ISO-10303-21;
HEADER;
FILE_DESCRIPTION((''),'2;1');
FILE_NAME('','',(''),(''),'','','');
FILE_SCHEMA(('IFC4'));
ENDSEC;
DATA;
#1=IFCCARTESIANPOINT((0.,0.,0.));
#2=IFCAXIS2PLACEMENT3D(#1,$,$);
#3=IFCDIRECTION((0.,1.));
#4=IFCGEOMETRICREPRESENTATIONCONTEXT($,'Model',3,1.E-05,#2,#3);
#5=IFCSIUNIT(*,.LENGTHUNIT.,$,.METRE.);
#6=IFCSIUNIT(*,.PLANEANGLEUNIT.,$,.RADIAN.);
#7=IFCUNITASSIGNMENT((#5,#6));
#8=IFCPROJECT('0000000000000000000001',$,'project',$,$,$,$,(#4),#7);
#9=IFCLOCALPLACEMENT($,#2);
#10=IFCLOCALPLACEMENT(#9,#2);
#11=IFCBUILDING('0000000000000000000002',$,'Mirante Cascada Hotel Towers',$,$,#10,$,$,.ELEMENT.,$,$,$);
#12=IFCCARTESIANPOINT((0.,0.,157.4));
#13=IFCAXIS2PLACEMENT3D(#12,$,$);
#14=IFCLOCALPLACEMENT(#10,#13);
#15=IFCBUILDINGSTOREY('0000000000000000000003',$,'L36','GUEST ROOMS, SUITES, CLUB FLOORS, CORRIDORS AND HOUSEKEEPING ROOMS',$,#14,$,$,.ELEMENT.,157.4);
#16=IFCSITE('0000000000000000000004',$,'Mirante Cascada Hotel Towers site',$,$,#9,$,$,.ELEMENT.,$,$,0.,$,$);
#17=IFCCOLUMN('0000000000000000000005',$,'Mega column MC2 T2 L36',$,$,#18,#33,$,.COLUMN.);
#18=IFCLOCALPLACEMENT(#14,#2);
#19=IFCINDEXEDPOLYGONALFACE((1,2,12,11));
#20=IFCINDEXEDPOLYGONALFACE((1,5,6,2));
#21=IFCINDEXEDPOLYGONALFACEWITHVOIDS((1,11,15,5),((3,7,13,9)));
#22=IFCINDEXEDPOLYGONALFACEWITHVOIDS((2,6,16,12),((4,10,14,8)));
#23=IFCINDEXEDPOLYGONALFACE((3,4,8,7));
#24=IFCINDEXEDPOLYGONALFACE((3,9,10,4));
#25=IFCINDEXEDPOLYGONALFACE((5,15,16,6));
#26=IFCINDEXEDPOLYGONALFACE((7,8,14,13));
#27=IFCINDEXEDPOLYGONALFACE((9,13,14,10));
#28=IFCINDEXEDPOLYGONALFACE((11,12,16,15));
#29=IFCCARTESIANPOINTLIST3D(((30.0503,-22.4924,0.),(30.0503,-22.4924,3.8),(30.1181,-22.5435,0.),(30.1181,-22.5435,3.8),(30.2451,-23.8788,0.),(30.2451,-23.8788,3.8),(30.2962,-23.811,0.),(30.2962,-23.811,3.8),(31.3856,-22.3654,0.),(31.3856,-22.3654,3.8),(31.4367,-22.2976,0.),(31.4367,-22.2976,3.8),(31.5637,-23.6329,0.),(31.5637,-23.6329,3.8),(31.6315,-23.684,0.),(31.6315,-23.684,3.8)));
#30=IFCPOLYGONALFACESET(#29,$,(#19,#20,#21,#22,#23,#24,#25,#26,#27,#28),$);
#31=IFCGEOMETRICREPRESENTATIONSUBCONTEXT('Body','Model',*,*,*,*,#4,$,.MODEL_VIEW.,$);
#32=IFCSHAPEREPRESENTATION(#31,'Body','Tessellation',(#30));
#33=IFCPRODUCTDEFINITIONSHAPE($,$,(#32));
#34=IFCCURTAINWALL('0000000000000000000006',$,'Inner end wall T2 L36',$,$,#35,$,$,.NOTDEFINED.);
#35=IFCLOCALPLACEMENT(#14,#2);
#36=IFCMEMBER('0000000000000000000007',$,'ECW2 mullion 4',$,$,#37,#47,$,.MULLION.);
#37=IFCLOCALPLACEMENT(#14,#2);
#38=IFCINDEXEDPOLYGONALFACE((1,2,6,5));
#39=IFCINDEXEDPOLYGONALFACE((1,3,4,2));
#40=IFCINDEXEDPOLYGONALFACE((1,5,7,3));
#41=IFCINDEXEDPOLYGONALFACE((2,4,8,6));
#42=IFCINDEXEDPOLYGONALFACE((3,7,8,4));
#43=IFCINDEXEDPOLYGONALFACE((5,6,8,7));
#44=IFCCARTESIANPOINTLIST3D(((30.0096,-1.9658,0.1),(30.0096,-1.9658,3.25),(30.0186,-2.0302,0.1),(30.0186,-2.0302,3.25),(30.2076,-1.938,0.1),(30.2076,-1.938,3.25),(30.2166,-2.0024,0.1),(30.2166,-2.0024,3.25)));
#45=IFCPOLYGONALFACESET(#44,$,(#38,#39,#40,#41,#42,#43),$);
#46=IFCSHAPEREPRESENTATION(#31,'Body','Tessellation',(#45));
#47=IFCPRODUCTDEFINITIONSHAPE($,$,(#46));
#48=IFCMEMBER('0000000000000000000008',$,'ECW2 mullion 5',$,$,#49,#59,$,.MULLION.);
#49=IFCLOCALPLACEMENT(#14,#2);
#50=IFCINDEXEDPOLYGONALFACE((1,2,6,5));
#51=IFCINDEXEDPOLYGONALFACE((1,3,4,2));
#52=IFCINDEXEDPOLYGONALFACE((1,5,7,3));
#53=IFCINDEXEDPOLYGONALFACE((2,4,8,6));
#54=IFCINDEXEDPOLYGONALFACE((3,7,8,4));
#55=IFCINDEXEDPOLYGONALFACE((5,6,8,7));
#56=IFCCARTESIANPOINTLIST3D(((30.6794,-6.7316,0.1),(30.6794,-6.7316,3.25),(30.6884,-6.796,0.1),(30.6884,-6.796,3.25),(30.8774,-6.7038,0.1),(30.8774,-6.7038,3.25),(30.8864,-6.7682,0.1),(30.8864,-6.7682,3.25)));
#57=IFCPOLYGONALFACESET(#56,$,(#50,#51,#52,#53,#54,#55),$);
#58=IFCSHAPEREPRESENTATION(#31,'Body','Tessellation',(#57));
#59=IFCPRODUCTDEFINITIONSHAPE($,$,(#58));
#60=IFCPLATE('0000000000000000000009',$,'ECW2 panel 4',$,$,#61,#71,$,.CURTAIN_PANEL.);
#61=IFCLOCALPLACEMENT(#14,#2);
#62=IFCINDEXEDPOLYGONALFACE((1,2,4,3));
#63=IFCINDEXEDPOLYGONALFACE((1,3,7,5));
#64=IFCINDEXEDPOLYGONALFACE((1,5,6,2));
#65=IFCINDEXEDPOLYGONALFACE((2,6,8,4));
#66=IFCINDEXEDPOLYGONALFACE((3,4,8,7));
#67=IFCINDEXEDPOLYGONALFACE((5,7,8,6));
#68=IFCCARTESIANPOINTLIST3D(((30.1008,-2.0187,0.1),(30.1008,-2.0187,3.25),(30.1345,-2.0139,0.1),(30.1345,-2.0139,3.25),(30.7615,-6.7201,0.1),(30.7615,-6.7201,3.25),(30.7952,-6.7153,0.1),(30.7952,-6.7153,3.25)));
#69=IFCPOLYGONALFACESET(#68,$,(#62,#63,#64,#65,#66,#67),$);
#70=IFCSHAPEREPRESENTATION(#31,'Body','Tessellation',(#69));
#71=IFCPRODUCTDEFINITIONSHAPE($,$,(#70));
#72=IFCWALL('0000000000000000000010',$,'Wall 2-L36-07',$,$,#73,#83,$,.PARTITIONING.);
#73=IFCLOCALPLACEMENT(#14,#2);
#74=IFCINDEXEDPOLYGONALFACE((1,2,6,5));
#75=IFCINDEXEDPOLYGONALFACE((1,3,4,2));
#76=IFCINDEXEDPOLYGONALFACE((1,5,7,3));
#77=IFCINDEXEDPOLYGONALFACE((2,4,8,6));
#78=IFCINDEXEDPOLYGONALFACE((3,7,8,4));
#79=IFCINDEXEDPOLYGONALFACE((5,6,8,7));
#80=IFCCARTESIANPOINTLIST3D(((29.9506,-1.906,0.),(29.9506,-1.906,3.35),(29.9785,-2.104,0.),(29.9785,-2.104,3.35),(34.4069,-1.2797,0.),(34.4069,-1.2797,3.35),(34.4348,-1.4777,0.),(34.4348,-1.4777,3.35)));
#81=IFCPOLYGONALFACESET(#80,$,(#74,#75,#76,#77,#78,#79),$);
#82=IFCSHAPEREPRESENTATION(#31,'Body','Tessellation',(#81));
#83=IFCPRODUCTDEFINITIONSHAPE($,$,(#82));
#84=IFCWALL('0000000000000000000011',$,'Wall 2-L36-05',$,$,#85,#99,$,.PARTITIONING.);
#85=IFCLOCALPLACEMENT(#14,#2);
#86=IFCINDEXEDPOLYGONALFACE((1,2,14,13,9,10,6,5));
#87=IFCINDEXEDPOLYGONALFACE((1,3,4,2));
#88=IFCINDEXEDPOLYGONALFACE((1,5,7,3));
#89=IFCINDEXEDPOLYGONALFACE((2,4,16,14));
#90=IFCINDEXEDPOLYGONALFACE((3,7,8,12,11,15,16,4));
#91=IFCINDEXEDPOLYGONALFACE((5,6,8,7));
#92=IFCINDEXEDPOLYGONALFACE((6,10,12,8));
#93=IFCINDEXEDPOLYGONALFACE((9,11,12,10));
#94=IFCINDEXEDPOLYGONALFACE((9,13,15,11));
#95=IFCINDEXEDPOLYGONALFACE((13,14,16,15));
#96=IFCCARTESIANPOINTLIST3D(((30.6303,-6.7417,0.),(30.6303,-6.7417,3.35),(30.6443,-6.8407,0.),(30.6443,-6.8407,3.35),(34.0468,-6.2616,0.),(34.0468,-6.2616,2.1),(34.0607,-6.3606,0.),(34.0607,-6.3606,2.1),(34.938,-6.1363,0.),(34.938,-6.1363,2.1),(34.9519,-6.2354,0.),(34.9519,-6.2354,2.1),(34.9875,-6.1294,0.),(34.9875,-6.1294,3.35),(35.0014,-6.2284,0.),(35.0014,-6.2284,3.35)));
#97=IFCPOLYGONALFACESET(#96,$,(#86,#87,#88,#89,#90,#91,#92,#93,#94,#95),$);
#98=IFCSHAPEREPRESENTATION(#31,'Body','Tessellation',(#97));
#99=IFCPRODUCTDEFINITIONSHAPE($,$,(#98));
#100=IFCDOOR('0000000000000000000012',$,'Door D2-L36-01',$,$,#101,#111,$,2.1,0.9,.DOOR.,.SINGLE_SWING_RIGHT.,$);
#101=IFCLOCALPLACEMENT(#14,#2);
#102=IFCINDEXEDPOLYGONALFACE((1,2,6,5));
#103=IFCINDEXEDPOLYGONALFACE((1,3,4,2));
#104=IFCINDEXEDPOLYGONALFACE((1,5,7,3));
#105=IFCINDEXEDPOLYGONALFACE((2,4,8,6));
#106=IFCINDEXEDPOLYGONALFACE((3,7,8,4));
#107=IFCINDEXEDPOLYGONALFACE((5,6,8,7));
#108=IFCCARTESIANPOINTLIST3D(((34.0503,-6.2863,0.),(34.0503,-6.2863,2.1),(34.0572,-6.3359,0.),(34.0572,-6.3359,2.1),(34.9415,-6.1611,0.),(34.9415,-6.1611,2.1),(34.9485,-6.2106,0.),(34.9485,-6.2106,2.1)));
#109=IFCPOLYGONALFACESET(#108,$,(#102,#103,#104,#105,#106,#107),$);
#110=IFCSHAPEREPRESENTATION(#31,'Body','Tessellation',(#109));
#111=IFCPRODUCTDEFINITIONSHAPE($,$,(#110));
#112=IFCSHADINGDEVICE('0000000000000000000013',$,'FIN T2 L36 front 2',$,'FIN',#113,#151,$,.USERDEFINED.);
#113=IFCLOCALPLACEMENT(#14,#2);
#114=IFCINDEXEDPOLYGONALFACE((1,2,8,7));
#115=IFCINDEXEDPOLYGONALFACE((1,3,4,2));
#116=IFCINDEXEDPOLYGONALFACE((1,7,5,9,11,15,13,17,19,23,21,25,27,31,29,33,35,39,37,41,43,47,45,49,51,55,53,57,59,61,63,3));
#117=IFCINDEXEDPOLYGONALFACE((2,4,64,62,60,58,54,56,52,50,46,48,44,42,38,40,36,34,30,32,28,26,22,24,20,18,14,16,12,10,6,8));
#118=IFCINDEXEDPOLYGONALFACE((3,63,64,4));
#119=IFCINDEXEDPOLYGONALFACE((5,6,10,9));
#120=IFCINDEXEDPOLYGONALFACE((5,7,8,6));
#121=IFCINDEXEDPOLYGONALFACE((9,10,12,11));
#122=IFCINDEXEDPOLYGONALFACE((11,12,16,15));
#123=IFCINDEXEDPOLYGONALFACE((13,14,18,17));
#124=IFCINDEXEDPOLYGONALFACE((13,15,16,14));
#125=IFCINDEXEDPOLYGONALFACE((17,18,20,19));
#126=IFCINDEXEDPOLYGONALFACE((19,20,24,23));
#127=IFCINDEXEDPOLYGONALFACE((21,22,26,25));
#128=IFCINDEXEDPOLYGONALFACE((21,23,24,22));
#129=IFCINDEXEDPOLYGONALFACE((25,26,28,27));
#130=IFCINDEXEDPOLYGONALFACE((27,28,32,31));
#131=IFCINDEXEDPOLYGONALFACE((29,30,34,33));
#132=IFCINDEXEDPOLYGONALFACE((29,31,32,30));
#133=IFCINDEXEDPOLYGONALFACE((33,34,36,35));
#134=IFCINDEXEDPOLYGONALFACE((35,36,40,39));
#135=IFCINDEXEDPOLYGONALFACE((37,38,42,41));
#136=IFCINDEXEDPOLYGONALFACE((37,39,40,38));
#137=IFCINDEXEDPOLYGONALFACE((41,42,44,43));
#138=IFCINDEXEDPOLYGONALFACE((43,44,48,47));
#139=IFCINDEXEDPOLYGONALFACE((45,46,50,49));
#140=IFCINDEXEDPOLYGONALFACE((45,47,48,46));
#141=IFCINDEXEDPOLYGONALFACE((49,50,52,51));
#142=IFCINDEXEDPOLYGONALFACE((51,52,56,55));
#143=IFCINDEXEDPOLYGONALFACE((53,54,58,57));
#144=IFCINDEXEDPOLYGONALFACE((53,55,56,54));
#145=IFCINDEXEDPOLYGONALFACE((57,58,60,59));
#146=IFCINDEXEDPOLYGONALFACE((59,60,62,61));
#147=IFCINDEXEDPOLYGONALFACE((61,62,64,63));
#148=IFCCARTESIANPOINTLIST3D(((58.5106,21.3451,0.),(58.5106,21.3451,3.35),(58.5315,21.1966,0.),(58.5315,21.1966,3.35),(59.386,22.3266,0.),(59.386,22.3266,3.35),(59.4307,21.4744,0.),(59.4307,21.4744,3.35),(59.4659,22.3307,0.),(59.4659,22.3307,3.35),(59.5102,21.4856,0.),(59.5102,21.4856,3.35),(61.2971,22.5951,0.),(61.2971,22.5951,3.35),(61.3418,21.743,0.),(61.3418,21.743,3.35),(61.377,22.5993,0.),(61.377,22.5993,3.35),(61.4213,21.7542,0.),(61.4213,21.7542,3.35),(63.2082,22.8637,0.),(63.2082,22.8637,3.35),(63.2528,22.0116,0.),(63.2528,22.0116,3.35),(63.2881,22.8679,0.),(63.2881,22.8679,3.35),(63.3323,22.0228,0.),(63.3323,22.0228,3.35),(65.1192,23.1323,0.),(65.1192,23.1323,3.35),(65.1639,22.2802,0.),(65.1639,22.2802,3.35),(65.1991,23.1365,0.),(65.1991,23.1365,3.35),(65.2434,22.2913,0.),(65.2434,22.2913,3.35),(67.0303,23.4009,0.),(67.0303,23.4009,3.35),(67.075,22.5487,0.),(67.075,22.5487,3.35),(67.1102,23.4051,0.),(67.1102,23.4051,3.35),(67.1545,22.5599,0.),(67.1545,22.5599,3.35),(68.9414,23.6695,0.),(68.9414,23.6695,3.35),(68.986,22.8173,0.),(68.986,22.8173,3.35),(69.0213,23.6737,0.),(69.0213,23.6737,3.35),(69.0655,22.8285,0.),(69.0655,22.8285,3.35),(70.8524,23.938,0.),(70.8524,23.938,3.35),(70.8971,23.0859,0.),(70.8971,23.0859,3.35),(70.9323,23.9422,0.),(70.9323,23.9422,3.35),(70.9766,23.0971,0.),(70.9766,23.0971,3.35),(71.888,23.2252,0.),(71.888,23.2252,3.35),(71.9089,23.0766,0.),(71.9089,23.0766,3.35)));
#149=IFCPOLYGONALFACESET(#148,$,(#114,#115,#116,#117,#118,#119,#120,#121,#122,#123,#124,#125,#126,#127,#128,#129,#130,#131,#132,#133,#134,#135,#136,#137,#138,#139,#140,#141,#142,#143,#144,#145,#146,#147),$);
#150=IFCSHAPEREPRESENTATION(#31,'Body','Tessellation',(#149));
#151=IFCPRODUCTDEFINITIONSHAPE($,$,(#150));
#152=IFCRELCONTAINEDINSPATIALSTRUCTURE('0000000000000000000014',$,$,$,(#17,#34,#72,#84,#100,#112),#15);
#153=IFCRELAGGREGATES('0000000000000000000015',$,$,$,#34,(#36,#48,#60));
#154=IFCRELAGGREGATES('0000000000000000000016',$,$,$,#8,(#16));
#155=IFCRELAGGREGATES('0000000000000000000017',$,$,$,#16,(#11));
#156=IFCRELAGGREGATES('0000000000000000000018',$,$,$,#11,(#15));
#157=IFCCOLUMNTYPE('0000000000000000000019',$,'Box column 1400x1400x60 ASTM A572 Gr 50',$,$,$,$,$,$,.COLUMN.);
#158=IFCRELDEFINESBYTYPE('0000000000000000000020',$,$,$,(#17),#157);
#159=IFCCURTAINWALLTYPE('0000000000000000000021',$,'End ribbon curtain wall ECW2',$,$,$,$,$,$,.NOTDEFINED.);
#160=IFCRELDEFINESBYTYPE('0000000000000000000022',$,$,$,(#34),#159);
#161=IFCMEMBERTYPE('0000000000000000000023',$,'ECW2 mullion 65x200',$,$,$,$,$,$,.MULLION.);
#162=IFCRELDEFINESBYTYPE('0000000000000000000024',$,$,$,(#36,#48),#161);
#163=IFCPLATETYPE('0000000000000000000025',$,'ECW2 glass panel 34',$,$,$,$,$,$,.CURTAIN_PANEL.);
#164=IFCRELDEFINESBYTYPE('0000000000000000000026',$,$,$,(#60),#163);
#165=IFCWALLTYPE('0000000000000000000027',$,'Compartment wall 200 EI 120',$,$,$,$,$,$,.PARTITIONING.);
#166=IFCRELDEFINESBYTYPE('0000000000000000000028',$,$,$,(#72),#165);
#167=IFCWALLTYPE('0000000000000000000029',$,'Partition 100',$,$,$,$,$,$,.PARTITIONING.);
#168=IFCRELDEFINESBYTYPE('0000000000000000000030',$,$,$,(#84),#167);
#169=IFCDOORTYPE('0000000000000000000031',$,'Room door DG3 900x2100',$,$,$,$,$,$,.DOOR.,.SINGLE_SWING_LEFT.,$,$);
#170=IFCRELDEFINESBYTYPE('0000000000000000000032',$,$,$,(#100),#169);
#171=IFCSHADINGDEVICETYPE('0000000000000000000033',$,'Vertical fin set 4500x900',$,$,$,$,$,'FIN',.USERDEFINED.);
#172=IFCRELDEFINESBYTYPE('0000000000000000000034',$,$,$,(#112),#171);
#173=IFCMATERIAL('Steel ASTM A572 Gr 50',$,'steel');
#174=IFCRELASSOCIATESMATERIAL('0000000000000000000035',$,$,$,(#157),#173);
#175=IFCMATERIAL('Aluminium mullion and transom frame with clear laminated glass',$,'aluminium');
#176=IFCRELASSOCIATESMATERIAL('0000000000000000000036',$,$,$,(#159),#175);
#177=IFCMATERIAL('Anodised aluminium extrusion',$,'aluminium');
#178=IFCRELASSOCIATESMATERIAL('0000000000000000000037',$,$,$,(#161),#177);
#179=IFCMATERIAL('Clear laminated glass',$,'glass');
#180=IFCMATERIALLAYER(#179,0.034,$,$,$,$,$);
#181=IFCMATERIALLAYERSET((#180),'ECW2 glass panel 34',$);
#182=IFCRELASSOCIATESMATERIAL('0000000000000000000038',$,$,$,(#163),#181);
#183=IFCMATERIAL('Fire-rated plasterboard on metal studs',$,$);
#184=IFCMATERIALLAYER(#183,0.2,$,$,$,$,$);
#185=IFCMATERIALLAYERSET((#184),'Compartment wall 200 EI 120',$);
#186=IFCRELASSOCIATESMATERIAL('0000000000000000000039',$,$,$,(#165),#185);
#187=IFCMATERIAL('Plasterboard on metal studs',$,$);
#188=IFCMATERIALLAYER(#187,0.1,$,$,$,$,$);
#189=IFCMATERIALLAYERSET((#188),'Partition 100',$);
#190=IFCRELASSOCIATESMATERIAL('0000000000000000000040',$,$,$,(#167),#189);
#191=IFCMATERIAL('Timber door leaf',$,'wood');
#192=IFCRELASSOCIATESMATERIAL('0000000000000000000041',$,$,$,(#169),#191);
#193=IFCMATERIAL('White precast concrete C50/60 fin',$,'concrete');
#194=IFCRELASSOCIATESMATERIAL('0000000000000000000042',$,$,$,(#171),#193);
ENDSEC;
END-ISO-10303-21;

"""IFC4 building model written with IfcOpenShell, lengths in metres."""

from ifc_helpers import new_model, si_unit, direction, frame, frame_2d, origin, origin_2d, place, context, subcontext, project, spatial, polyline, rectangle, hollow_rectangle, outline, extrude, material, layer, layer_set, material_profile, profile_set, type_object, element, fill, aggregate, save


model = new_model("IFC4")

# Units and contexts
model_context = context("Model", 3, precision=1e-05, world=origin(), true_north=direction((0.0, 1.0)))
body_context = subcontext(model_context, "Body", "Model", "MODEL_VIEW")
ifc_project = project(units=[si_unit("LENGTHUNIT", "METRE"), si_unit("PLANEANGLEUNIT", "RADIAN")], contexts=[model_context])

# Site, building, storey
site_placement = place(None, origin())
site = spatial("IfcSite", under=ifc_project, at=site_placement, Name="Mirante Cascada Hotel Towers site", CompositionType="ELEMENT", RefElevation=0.0)
building_placement = place(site_placement, origin())
building = spatial("IfcBuilding", under=site, at=building_placement, Name="Mirante Cascada Hotel Towers", CompositionType="ELEMENT")
storey_placement = place(building_placement, frame((0.0, 0.0, 157.4)))
storey = spatial("IfcBuildingStorey", under=building, at=storey_placement, Name="L36", Description="GUEST ROOMS, SUITES, CLUB FLOORS, CORRIDORS AND HOUSEKEEPING ROOMS", CompositionType="ELEMENT", Elevation=157.4)

# Column
ifc_material_1 = material(Name="Steel ASTM A572 Gr 50", Category="steel")
ifc_material_profile_1 = material_profile(ifc_material_1, hollow_rectangle(XDim=1.4, YDim=1.4, WallThickness=0.06, at=origin_2d()), Name="Box column 1400x1400x60 ASTM A572 Gr 50")
ifc_profile_set_1 = profile_set([ifc_material_profile_1], Name="Steel ASTM A572 Gr 50")
column_type = type_object("IfcColumnType", Name="Box column 1400x1400x60 ASTM A572 Gr 50", PredefinedType="COLUMN", material=ifc_profile_set_1)
column_placement = place(storey_placement, frame((30.8409, -23.0882, 0.0), z_axis=(0.0, 0.0, 1.0), x_axis=(0.990268, 0.139173, 0.0)))
element("IfcColumn", 1, at=column_placement, inside=storey, type_object=column_type, Name="Mega column MC2 T2 L36", PredefinedType="COLUMN", context=body_context, shape_type="SweptSolid", body=[
    extrude(hollow_rectangle(XDim=1.4, YDim=1.4, WallThickness=0.06, at=origin_2d()), origin(), (0.0, 0.0, 1.0), 3.8),
])

# Curtain wall, members, plate
ifc_material_2 = material(Name="Aluminium mullion and transom frame with clear laminated glass", Category="aluminium")
curtain_wall_type = type_object("IfcCurtainWallType", Name="End ribbon curtain wall ECW2", PredefinedType="NOTDEFINED", material=ifc_material_2)
curtain_wall_placement = place(storey_placement, origin())
curtain_wall = element("IfcCurtainWall", 2, at=curtain_wall_placement, inside=storey, type_object=curtain_wall_type, Name="Inner end wall T2 L36", PredefinedType="NOTDEFINED")
ifc_material_3 = material(Name="Anodised aluminium extrusion", Category="aluminium")
ifc_material_profile_2 = material_profile(ifc_material_3, rectangle(XDim=0.2, YDim=0.065, at=origin_2d()), Name="ECW2 MULLION 65x200")
ifc_profile_set_2 = profile_set([ifc_material_profile_2], Name="Anodised aluminium extrusion")
member_type = type_object("IfcMemberType", Name="ECW2 mullion 65x200", PredefinedType="MULLION", material=ifc_profile_set_2)
member_1_placement = place(storey_placement, frame((30.1131, -1.9841, 0.1), z_axis=(0.0, 0.0, 1.0), x_axis=(0.990268, 0.139173, 0.0)))
member_1 = element("IfcMember", 3, at=member_1_placement, type_object=member_type, Name="ECW2 mullion 4", PredefinedType="MULLION", context=body_context, shape_type="SweptSolid", body=[
    extrude(rectangle(XDim=0.2, YDim=0.065, at=origin_2d()), origin(), (0.0, 0.0, 1.0), 3.15),
])
member_2_placement = place(storey_placement, frame((30.7829, -6.7499, 0.1), z_axis=(0.0, 0.0, 1.0), x_axis=(0.990268, 0.139173, 0.0)))
member_2 = element("IfcMember", 4, at=member_2_placement, type_object=member_type, Name="ECW2 mullion 5", PredefinedType="MULLION", context=body_context, shape_type="SweptSolid", body=[
    extrude(rectangle(XDim=0.2, YDim=0.065, at=origin_2d()), origin(), (0.0, 0.0, 1.0), 3.15),
])
ifc_material_4 = material(Name="Clear laminated glass", Category="glass")
ifc_layer_1 = layer(ifc_material_4, 0.034)
ifc_layer_set_1 = layer_set([ifc_layer_1], Name="ECW2 glass panel 34")
plate_type = type_object("IfcPlateType", Name="ECW2 glass panel 34", PredefinedType="CURTAIN_PANEL", material=ifc_layer_set_1)
plate_placement = place(storey_placement, frame((30.448, -4.367, 0.1), z_axis=(0.0, 0.0, 1.0), x_axis=(0.139173, -0.990268, 0.0)))
plate = element("IfcPlate", 5, at=plate_placement, type_object=plate_type, Name="ECW2 panel 4", PredefinedType="CURTAIN_PANEL", context=body_context, shape_type="SweptSolid", body=[
    extrude(rectangle(XDim=4.7476, YDim=0.034, at=origin_2d()), origin(), (0.0, 0.0, 1.0), 3.15),
])
aggregate(curtain_wall, [member_1, member_2, plate])

# Wall
ifc_material_5 = material(Name="Fire-rated plasterboard on metal studs")
ifc_layer_2 = layer(ifc_material_5, 0.2)
ifc_layer_set_2 = layer_set([ifc_layer_2], Name="Compartment wall 200 EI 120")
wall_type_1 = type_object("IfcWallType", Name="Compartment wall 200 EI 120", PredefinedType="PARTITIONING", material=ifc_layer_set_2)
wall_1_placement = place(storey_placement, frame((29.9646, -2.005, 0.0), z_axis=(0.0, 0.0, 1.0), x_axis=(0.990268, 0.139175, 0.0)))
element("IfcWall", 6, at=wall_1_placement, inside=storey, type_object=wall_type_1, Name="Wall 2-L36-07", PredefinedType="PARTITIONING", context=body_context, shape_type="SweptSolid", body=[
    extrude(rectangle(XDim=4.5001, YDim=0.2, at=frame_2d((2.25, 0.0))), origin(), (0.0, 0.0, 1.0), 3.35),
])

# Wall, opening, door
ifc_material_6 = material(Name="Plasterboard on metal studs")
ifc_layer_3 = layer(ifc_material_6, 0.1)
ifc_layer_set_3 = layer_set([ifc_layer_3], Name="Partition 100")
wall_type_2 = type_object("IfcWallType", Name="Partition 100", PredefinedType="PARTITIONING", material=ifc_layer_set_3)
wall_2_placement = place(storey_placement, frame((30.6373, -6.7912, 0.0), z_axis=(0.0, 0.0, 1.0), x_axis=(0.99027, 0.139159, 0.0)))
wall_2 = element("IfcWall", 7, at=wall_2_placement, inside=storey, type_object=wall_type_2, Name="Wall 2-L36-05", PredefinedType="PARTITIONING", context=body_context, shape_type="SweptSolid", body=[
    extrude(rectangle(XDim=4.4, YDim=0.1, at=frame_2d((2.2, 0.0))), origin(), (0.0, 0.0, 1.0), 3.35),
])
opening_placement = place(wall_2_placement, frame((3.45, 0.0, 0.0)))
opening = element("IfcOpeningElement", 8, at=opening_placement, cuts=wall_2, PredefinedType="OPENING", context=body_context, shape_type="SweptSolid", body=[
    extrude(rectangle(XDim=0.9, YDim=2.1, at=frame_2d((0.45, 1.05))), frame((0.0, 0.05, 0.0), z_axis=(0.0, -1.0, 0.0), x_axis=(1.0, 0.0, 0.0)), (0.0, 0.0, 1.0), 0.1),
])
ifc_material_7 = material(Name="Timber door leaf", Category="wood")
door_type = type_object("IfcDoorType", Name="Room door DG3 900x2100", OperationType="SINGLE_SWING_LEFT", PredefinedType="DOOR", material=ifc_material_7)
door_placement = place(opening_placement, frame((0.9, 0.0, 0.0), z_axis=(0.0, 0.0, 1.0), x_axis=(-1.0, 0.0, 0.0)))
door = element("IfcDoor", 9, at=door_placement, inside=storey, type_object=door_type, Name="Door D2-L36-01", OperationType="SINGLE_SWING_RIGHT", OverallHeight=2.1, OverallWidth=0.9, PredefinedType="DOOR", context=body_context, shape_type="SweptSolid", body=[
    extrude(rectangle(XDim=0.9, YDim=2.1, at=frame_2d((0.45, 1.05))), frame((0.0, 0.025, 0.0), z_axis=(0.0, -1.0, 0.0), x_axis=(1.0, 0.0, 0.0)), (0.0, 0.0, 1.0), 0.05),
])
fill(opening, door)

# Shading device
ifc_material_8 = material(Name="White precast concrete C50/60 fin", Category="concrete")
shading_device_type = type_object("IfcShadingDeviceType", Name="Vertical fin set 4500x900", ElementType="FIN", PredefinedType="USERDEFINED", material=ifc_material_8)
shading_device_1_placement = place(storey_placement, origin())
element("IfcShadingDevice", 10, at=shading_device_1_placement, inside=storey, type_object=shading_device_type, Name="FIN T2 L36 front 2", ObjectType="FIN", PredefinedType="USERDEFINED", context=body_context, shape_type="SweptSolid", body=[
    extrude(outline(polyline([(59.4659, 22.3307), (59.5102, 21.4856), (61.3418, 21.743), (61.2971, 22.5951), (61.377, 22.5993), (61.4213, 21.7542), (63.2528, 22.0116), (63.2082, 22.8637), (63.2881, 22.8679), (63.3323, 22.0228), (65.1639, 22.2802), (65.1192, 23.1323), (65.1991, 23.1365), (65.2434, 22.2913), (67.075, 22.5487), (67.0303, 23.4009), (67.1102, 23.4051), (67.1545, 22.5599), (68.986, 22.8173), (68.9414, 23.6695), (69.0213, 23.6737), (69.0655, 22.8285), (70.8971, 23.0859), (70.8524, 23.938), (70.9323, 23.9422), (70.9766, 23.0971), (71.888, 23.2252), (71.9089, 23.0766), (58.5315, 21.1966), (58.5106, 21.3451), (59.4307, 21.4744), (59.386, 22.3266), (59.4659, 22.3307)])), origin(), (0.0, 0.0, 1.0), 3.35),
])

save(model, "model.ifc")
